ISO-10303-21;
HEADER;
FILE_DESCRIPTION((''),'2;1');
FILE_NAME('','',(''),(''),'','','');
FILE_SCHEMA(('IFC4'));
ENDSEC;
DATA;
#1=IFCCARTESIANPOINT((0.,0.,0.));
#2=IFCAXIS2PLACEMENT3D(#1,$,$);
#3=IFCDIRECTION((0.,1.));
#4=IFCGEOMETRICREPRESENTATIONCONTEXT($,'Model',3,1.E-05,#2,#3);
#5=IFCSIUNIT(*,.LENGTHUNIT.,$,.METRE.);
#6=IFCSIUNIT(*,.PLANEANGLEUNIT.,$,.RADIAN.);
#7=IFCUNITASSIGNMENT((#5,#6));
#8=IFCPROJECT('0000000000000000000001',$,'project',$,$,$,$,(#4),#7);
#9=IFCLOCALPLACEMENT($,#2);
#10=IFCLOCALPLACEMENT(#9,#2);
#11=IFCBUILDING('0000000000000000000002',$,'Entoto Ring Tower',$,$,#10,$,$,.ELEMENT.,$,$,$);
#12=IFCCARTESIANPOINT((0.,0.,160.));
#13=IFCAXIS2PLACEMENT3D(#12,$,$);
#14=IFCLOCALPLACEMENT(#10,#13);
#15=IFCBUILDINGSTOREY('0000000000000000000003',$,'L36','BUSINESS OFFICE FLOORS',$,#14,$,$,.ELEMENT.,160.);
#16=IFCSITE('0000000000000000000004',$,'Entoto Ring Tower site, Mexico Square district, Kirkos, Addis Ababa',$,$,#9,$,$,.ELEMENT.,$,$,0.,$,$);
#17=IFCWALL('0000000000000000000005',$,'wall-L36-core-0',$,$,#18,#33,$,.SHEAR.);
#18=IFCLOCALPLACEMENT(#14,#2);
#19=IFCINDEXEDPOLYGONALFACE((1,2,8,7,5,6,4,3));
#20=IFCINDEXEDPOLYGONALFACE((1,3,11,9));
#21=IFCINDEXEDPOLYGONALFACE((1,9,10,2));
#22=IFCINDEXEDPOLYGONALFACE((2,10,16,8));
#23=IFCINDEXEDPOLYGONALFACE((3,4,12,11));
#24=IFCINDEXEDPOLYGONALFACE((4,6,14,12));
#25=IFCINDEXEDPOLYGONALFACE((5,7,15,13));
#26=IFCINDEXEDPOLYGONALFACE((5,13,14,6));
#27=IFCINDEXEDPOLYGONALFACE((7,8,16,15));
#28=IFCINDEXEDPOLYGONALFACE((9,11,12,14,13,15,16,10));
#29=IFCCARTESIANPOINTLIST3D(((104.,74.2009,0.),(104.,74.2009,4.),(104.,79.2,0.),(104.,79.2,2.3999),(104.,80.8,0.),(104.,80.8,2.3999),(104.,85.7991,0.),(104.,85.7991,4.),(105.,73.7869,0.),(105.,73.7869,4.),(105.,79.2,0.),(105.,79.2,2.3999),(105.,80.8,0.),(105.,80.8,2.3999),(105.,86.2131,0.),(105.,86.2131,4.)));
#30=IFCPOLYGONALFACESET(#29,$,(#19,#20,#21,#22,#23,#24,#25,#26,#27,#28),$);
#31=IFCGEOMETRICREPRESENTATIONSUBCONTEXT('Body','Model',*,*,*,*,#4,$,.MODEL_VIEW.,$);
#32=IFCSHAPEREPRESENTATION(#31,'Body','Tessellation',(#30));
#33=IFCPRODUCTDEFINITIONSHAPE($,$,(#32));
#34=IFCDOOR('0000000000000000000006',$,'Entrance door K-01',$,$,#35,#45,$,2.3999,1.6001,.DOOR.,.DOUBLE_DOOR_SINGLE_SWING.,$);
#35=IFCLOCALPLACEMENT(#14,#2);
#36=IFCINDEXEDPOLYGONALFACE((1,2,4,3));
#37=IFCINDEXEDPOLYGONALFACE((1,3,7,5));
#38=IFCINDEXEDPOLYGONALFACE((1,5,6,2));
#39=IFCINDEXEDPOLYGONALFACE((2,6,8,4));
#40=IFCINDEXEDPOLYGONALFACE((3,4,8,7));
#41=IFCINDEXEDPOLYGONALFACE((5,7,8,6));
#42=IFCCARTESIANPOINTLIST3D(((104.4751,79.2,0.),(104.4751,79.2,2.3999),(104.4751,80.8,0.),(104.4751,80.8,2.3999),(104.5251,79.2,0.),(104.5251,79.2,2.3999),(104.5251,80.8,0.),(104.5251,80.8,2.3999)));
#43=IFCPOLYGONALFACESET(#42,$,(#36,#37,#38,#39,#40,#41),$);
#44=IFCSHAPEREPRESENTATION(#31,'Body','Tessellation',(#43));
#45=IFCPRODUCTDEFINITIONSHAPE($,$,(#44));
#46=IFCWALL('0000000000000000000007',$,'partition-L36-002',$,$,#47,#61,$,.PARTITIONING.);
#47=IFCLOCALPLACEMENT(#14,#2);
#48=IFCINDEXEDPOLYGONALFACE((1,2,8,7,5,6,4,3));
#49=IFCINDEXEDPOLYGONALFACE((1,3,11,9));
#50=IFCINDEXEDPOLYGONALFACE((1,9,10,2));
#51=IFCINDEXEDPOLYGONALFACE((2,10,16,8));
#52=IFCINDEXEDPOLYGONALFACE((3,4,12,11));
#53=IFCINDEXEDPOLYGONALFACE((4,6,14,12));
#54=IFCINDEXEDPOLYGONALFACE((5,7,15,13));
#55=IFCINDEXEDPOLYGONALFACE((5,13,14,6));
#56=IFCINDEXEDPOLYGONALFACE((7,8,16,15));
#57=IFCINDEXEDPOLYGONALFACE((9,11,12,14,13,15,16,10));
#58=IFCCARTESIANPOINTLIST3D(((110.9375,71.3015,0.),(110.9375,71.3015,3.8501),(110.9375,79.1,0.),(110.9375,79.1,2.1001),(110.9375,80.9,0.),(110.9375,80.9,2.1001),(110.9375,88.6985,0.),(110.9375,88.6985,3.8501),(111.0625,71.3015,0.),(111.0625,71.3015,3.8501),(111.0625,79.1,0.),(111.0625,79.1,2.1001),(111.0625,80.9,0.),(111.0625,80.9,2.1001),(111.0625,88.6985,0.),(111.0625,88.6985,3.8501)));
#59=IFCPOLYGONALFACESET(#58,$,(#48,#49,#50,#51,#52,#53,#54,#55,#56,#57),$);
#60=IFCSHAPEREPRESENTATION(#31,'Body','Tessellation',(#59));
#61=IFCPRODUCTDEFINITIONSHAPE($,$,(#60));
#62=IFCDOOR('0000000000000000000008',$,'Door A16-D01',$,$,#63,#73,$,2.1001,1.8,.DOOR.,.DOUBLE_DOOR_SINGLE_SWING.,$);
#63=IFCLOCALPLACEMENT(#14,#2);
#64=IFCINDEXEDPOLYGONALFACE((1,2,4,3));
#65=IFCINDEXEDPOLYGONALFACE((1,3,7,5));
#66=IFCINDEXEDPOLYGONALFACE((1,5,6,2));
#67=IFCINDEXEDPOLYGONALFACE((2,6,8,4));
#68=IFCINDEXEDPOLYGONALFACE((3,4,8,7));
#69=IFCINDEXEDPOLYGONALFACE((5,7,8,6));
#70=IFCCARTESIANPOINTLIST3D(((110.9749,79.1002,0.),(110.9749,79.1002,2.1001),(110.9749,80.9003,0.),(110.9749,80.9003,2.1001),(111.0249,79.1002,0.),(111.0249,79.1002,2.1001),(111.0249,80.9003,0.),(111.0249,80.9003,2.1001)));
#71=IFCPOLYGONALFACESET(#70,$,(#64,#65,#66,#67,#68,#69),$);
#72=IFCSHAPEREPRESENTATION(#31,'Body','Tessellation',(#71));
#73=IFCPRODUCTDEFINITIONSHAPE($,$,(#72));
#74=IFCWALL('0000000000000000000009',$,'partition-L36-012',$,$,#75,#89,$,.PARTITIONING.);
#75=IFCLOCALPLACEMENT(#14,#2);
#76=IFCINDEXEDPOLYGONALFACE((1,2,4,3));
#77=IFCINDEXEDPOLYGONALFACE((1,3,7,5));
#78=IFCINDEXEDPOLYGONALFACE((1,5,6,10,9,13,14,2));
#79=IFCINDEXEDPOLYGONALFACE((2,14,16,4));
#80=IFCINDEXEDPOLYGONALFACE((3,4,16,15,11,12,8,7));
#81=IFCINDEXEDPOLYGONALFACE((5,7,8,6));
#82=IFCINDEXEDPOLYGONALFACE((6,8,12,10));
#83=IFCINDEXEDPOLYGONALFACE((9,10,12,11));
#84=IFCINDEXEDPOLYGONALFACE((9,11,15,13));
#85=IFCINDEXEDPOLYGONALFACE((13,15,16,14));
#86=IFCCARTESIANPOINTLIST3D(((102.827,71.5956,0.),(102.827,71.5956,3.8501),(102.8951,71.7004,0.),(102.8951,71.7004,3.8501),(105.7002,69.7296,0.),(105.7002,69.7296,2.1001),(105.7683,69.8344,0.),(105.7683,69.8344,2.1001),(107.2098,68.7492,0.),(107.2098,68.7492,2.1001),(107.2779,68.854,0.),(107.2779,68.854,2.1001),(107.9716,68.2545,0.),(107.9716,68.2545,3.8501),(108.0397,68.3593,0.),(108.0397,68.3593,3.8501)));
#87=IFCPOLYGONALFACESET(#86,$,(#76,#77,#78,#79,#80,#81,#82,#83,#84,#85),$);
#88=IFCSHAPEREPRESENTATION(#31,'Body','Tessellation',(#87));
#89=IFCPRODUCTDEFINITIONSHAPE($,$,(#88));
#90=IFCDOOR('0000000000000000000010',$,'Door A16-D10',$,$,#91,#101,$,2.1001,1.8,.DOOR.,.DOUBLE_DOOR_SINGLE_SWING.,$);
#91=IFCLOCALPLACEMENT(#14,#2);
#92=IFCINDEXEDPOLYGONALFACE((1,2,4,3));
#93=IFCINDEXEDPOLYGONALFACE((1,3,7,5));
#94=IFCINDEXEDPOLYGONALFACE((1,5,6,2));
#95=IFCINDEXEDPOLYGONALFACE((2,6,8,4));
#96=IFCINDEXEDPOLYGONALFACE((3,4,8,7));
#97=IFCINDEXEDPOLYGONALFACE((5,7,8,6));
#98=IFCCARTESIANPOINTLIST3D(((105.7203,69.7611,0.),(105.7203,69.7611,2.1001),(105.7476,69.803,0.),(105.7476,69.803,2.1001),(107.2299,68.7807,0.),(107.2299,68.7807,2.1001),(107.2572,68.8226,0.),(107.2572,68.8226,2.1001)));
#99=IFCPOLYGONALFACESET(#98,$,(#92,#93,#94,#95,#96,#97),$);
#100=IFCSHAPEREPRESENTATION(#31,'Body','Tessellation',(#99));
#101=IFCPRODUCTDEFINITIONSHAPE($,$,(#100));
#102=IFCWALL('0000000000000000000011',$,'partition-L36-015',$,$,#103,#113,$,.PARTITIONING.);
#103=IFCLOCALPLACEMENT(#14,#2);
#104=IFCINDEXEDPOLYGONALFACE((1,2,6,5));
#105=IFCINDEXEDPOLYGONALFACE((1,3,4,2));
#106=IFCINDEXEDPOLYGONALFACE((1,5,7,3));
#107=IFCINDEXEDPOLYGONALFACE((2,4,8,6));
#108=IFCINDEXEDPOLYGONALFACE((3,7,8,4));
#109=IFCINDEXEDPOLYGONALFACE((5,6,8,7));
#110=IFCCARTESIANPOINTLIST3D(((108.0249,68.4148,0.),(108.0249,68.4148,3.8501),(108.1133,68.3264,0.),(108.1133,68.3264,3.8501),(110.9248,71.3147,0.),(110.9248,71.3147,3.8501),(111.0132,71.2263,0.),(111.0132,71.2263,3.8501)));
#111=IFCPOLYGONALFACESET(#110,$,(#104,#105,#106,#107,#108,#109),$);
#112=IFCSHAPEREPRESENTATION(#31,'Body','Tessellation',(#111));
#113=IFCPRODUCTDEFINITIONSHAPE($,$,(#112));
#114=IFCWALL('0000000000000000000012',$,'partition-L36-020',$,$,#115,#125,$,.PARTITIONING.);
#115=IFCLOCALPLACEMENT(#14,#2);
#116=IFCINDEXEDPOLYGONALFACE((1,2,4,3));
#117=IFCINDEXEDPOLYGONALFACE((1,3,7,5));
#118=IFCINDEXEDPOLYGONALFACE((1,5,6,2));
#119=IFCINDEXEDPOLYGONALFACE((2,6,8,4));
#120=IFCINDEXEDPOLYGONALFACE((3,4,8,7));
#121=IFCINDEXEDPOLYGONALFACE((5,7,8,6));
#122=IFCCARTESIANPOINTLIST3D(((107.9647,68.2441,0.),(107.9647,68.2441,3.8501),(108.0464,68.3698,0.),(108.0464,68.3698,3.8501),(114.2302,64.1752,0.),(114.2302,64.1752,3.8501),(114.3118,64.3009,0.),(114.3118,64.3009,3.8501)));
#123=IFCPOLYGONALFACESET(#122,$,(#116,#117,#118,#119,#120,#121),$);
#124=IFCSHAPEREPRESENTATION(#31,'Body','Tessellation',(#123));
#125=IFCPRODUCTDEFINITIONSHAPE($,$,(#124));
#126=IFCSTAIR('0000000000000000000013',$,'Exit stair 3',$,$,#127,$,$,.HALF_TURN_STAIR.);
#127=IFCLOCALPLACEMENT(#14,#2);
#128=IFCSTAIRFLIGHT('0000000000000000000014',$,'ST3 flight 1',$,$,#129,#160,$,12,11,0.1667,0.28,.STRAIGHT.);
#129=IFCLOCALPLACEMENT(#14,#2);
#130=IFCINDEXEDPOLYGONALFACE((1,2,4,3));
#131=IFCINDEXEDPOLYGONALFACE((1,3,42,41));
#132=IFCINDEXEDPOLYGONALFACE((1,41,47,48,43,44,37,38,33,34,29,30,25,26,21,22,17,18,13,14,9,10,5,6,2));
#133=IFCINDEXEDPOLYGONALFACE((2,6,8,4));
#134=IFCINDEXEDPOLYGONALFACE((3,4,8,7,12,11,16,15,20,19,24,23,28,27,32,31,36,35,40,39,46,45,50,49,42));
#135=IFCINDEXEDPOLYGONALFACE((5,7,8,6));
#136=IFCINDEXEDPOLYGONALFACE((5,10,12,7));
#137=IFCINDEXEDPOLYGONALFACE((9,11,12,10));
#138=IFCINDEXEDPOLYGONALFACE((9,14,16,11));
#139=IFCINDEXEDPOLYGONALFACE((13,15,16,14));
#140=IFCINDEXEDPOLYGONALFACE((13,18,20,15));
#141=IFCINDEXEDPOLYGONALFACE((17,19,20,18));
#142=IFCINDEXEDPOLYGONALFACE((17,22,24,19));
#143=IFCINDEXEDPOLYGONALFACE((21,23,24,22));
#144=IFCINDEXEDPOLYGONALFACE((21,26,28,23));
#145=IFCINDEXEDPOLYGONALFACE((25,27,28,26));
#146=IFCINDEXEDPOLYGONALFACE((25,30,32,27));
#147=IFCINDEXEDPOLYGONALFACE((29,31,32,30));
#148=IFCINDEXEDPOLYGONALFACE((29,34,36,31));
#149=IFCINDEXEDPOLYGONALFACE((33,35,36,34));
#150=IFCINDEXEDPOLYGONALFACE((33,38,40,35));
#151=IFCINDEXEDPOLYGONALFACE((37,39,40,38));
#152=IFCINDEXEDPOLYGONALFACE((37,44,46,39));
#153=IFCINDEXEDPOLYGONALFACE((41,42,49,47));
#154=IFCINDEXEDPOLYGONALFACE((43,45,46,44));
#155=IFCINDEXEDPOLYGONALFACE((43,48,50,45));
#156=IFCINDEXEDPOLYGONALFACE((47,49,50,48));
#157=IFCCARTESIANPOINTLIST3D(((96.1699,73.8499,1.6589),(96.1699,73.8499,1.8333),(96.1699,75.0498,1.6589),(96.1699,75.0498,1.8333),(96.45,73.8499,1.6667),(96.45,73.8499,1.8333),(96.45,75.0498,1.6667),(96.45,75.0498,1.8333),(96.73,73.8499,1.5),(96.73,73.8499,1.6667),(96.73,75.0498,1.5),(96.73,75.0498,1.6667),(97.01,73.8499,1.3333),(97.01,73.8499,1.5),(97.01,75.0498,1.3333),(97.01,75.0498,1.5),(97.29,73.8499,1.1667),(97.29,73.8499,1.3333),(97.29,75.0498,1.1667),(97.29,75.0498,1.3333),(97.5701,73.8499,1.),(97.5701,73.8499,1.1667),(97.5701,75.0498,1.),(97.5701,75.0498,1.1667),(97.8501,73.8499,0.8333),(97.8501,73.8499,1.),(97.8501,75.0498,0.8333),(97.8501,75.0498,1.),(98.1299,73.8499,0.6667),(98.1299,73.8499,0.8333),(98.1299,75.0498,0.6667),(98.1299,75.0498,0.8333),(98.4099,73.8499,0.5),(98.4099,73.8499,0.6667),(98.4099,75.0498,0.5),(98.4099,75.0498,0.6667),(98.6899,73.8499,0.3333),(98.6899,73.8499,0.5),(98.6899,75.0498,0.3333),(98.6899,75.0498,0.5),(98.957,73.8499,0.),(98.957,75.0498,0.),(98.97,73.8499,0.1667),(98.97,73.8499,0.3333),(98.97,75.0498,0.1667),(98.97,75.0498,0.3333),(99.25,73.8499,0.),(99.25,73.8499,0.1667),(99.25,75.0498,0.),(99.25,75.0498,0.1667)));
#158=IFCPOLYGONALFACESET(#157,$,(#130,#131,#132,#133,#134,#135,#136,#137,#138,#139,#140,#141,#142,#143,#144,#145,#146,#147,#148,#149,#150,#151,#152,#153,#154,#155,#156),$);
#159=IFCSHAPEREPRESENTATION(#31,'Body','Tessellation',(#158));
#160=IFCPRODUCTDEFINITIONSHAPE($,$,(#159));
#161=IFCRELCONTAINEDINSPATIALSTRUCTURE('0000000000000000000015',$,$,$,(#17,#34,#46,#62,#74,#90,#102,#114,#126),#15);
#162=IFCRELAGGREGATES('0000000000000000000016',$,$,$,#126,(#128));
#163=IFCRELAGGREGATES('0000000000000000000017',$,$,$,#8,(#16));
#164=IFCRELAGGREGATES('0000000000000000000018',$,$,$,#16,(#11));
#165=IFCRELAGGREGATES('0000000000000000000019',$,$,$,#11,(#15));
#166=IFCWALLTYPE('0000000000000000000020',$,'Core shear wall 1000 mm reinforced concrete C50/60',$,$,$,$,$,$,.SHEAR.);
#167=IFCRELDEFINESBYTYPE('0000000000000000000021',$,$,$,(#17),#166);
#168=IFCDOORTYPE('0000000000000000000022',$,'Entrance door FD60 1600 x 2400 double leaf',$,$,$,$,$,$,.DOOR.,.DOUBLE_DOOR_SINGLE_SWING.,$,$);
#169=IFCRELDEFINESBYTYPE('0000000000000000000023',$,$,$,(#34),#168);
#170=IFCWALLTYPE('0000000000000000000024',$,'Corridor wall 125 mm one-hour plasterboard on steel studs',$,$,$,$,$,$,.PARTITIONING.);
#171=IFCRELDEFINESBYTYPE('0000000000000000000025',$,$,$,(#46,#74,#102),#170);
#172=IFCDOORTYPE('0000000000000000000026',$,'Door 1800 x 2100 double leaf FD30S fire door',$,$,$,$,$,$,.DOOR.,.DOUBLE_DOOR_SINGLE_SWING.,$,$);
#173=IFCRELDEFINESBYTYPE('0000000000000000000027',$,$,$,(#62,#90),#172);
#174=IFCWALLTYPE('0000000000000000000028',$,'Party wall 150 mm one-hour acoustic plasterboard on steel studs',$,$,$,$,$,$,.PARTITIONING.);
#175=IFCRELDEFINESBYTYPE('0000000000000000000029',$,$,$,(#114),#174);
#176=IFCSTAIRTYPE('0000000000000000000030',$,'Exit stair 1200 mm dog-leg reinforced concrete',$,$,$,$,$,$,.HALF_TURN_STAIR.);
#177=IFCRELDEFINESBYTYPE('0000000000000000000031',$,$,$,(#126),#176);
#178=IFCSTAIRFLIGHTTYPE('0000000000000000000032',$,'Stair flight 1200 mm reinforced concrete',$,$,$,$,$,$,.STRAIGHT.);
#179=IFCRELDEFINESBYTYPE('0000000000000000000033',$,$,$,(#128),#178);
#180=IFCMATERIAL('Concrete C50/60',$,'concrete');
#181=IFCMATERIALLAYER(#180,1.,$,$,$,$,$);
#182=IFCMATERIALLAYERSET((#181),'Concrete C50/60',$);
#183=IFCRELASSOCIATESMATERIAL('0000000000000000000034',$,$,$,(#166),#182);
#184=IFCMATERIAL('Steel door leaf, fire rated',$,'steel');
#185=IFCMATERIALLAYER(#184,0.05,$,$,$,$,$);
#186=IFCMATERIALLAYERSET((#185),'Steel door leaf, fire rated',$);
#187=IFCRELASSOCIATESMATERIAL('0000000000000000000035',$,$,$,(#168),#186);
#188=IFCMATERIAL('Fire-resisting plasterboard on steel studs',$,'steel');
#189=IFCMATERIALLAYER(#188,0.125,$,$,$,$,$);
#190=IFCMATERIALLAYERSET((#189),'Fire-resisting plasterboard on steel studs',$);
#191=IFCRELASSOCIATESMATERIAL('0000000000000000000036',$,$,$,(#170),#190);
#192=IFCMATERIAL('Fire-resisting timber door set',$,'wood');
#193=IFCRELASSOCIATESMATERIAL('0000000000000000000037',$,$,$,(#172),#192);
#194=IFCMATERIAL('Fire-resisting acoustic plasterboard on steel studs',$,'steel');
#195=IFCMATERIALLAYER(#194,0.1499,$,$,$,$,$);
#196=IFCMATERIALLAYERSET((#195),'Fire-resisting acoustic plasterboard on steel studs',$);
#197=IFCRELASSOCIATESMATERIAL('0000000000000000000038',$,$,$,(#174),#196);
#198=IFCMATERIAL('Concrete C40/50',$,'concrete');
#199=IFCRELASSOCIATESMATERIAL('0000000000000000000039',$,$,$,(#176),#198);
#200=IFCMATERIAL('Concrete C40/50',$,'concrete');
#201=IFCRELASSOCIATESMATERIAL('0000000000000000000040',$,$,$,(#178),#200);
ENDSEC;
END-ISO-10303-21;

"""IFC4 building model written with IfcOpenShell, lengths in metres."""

from ifc_helpers import new_model, si_unit, direction, frame, frame_2d, origin, place, context, subcontext, project, spatial, polyline, rectangle, outline, extrude, material, layer, layer_set, type_object, element, fill, aggregate, save


model = new_model("IFC4")

# Units and contexts
model_context = context("Model", 3, precision=1e-05, world=origin(), true_north=direction((0.0, 1.0)))
body_context = subcontext(model_context, "Body", "Model", "MODEL_VIEW")
ifc_project = project(units=[si_unit("LENGTHUNIT", "METRE"), si_unit("PLANEANGLEUNIT", "RADIAN")], contexts=[model_context])

# Site, building, storey
site_placement = place(None, origin())
site = spatial("IfcSite", under=ifc_project, at=site_placement, Name="Entoto Ring Tower site, Mexico Square district, Kirkos, Addis Ababa", CompositionType="ELEMENT", RefElevation=0.0)
building_placement = place(site_placement, origin())
building = spatial("IfcBuilding", under=site, at=building_placement, Name="Entoto Ring Tower", CompositionType="ELEMENT")
storey_placement = place(building_placement, frame((0.0, 0.0, 160.0)))
storey = spatial("IfcBuildingStorey", under=building, at=storey_placement, Name="L36", Description="BUSINESS OFFICE FLOORS", CompositionType="ELEMENT", Elevation=160.0)

# Walls, openings, doors
ifc_material_1 = material(Name="Concrete C50/60", Category="concrete")
ifc_layer_1 = layer(ifc_material_1, 1.0)
ifc_layer_set_1 = layer_set([ifc_layer_1], Name="Concrete C50/60")
wall_type_1 = type_object("IfcWallType", Name="Core shear wall 1000 mm reinforced concrete C50/60", PredefinedType="SHEAR", material=ifc_layer_set_1)
wall_1_placement = place(storey_placement, frame((104.5, 73.9939, 0.0), z_axis=(0.0, 0.0, 1.0), x_axis=(0.0, 1.0, 0.0)))
wall_1 = element("IfcWall", 1, at=wall_1_placement, inside=storey, type_object=wall_type_1, Name="wall-L36-core-0", PredefinedType="SHEAR", context=body_context, shape_type="SweptSolid", body=[
    extrude(outline(polyline([(-0.207, -0.5), (12.2192, -0.5), (11.8052, 0.5), (0.207, 0.5), (-0.207, -0.5)])), origin(), (0.0, 0.0, 1.0), 4.0),
])
opening_1_placement = place(wall_1_placement, frame((5.2061, 0.0, 0.0)))
opening_1 = element("IfcOpeningElement", 2, at=opening_1_placement, cuts=wall_1, PredefinedType="OPENING", context=body_context, shape_type="SweptSolid", body=[
    extrude(rectangle(XDim=1.6001, YDim=2.3999, at=frame_2d((0.8, 1.2))), frame((0.0, 0.51, 0.0), z_axis=(0.0, -1.0, 0.0), x_axis=(1.0, 0.0, 0.0)), (0.0, 0.0, 1.0), 1.02),
])
ifc_material_2 = material(Name="Steel door leaf, fire rated", Category="steel")
ifc_layer_2 = layer(ifc_material_2, 0.05)
ifc_layer_set_2 = layer_set([ifc_layer_2], Name="Steel door leaf, fire rated")
door_type_1 = type_object("IfcDoorType", Name="Entrance door FD60 1600 x 2400 double leaf", OperationType="DOUBLE_DOOR_SINGLE_SWING", PredefinedType="DOOR", material=ifc_layer_set_2)
door_1_placement = place(opening_1_placement, origin())
door_1 = element("IfcDoor", 3, at=door_1_placement, inside=storey, type_object=door_type_1, Name="Entrance door K-01", OperationType="DOUBLE_DOOR_SINGLE_SWING", OverallHeight=2.3999, OverallWidth=1.6001, PredefinedType="DOOR", context=body_context, shape_type="SweptSolid", body=[
    extrude(rectangle(XDim=1.6001, YDim=2.3999, at=frame_2d((0.8, 1.2))), frame((0.0, 0.0249, 0.0), z_axis=(0.0, -1.0, 0.0), x_axis=(1.0, 0.0, 0.0)), (0.0, 0.0, 1.0), 0.05),
])
fill(opening_1, door_1)
ifc_material_3 = material(Name="Fire-resisting plasterboard on steel studs", Category="steel")
ifc_layer_3 = layer(ifc_material_3, 0.125)
ifc_layer_set_3 = layer_set([ifc_layer_3], Name="Fire-resisting plasterboard on steel studs")
wall_type_2 = type_object("IfcWallType", Name="Corridor wall 125 mm one-hour plasterboard on steel studs", PredefinedType="PARTITIONING", material=ifc_layer_set_3)
wall_2_placement = place(storey_placement, frame((111.0, 71.3015, 0.0), z_axis=(0.0, 0.0, 1.0), x_axis=(0.0, 1.0, 0.0)))
wall_2 = element("IfcWall", 4, at=wall_2_placement, inside=storey, type_object=wall_type_2, Name="partition-L36-002", PredefinedType="PARTITIONING", context=body_context, shape_type="SweptSolid", body=[
    extrude(rectangle(XDim=17.397, YDim=0.125, at=frame_2d((8.6985, 0.0))), origin(), (0.0, 0.0, 1.0), 3.8501),
])
opening_2_placement = place(wall_2_placement, frame((7.7986, 0.0, 0.0)))
opening_2 = element("IfcOpeningElement", 5, at=opening_2_placement, cuts=wall_2, PredefinedType="OPENING", context=body_context, shape_type="SweptSolid", body=[
    extrude(rectangle(XDim=1.8, YDim=2.1001, at=frame_2d((0.8999, 1.05))), frame((0.0, 0.0725, 0.0), z_axis=(0.0, -1.0, 0.0), x_axis=(1.0, 0.0, 0.0)), (0.0, 0.0, 1.0), 0.145),
])
ifc_material_4 = material(Name="Fire-resisting timber door set", Category="wood")
door_type_2 = type_object("IfcDoorType", Name="Door 1800 x 2100 double leaf FD30S fire door", OperationType="DOUBLE_DOOR_SINGLE_SWING", PredefinedType="DOOR", material=ifc_material_4)
door_2_placement = place(opening_2_placement, frame((1.8, 0.0, 0.0), z_axis=(0.0, 0.0, 1.0), x_axis=(-1.0, 0.0, 0.0)))
door_2 = element("IfcDoor", 6, at=door_2_placement, inside=storey, type_object=door_type_2, Name="Door A16-D01", OperationType="DOUBLE_DOOR_SINGLE_SWING", OverallHeight=2.1001, OverallWidth=1.8, PredefinedType="DOOR", context=body_context, shape_type="SweptSolid", body=[
    extrude(rectangle(XDim=1.8, YDim=2.1001, at=frame_2d((0.8999, 1.05))), frame((0.0, 0.0249, 0.0), z_axis=(0.0, -1.0, 0.0), x_axis=(1.0, 0.0, 0.0)), (0.0, 0.0, 1.0), 0.05),
])
fill(opening_2, door_2)
wall_3_placement = place(storey_placement, frame((108.0056, 68.3069, 0.0), z_axis=(0.0, 0.0, 1.0), x_axis=(-0.838658, 0.544658, 0.0)))
wall_3 = element("IfcWall", 7, at=wall_3_placement, inside=storey, type_object=wall_type_2, Name="partition-L36-012", PredefinedType="PARTITIONING", context=body_context, shape_type="SweptSolid", body=[
    extrude(rectangle(XDim=6.1343, YDim=0.125, at=frame_2d((3.0671, 0.0))), origin(), (0.0, 0.0, 1.0), 3.8501),
])
opening_3_placement = place(wall_3_placement, frame((0.9084, 0.0, 0.0)))
opening_3 = element("IfcOpeningElement", 8, at=opening_3_placement, cuts=wall_3, PredefinedType="OPENING", context=body_context, shape_type="SweptSolid", body=[
    extrude(rectangle(XDim=1.8, YDim=2.1001, at=frame_2d((0.8999, 1.05))), frame((0.0, 0.0725, 0.0), z_axis=(0.0, -1.0, 0.0), x_axis=(1.0, 0.0, 0.0)), (0.0, 0.0, 1.0), 0.145),
])
door_3_placement = place(opening_3_placement, frame((1.8, 0.0, 0.0), z_axis=(0.0, 0.0, 1.0), x_axis=(-1.0, 0.0, 0.0)))
door_3 = element("IfcDoor", 9, at=door_3_placement, inside=storey, type_object=door_type_2, Name="Door A16-D10", OperationType="DOUBLE_DOOR_SINGLE_SWING", OverallHeight=2.1001, OverallWidth=1.8, PredefinedType="DOOR", context=body_context, shape_type="SweptSolid", body=[
    extrude(rectangle(XDim=1.8, YDim=2.1001, at=frame_2d((0.8999, 1.05))), frame((0.0, 0.0249, 0.0), z_axis=(0.0, -1.0, 0.0), x_axis=(1.0, 0.0, 0.0)), (0.0, 0.0, 1.0), 0.05),
])
fill(opening_3, door_3)

# Walls
wall_4_placement = place(storey_placement, frame((108.0691, 68.3706, 0.0), z_axis=(0.0, 0.0, 1.0), x_axis=(0.707107, 0.707107, 0.0)))
element("IfcWall", 10, at=wall_4_placement, inside=storey, type_object=wall_type_2, Name="partition-L36-015", PredefinedType="PARTITIONING", context=body_context, shape_type="SweptSolid", body=[
    extrude(rectangle(XDim=4.1011, YDim=0.125, at=frame_2d((2.0505, 0.0))), origin(), (0.0, 0.0, 1.0), 3.8501),
])
ifc_material_5 = material(Name="Fire-resisting acoustic plasterboard on steel studs", Category="steel")
ifc_layer_4 = layer(ifc_material_5, 0.1499)
ifc_layer_set_4 = layer_set([ifc_layer_4], Name="Fire-resisting acoustic plasterboard on steel studs")
wall_type_3 = type_object("IfcWallType", Name="Party wall 150 mm one-hour acoustic plasterboard on steel studs", PredefinedType="PARTITIONING", material=ifc_layer_set_4)
wall_5_placement = place(storey_placement, frame((114.271, 64.238, 0.0), z_axis=(0.0, 0.0, 1.0), x_axis=(-0.838667, 0.544645, 0.0)))
element("IfcWall", 11, at=wall_5_placement, inside=storey, type_object=wall_type_3, Name="partition-L36-020", PredefinedType="PARTITIONING", context=body_context, shape_type="SweptSolid", body=[
    extrude(rectangle(XDim=7.4707, YDim=0.1499, at=frame_2d((3.7354, 0.0))), origin(), (0.0, 0.0, 1.0), 3.8501),
])

# Stair, stair flight
ifc_material_6 = material(Name="Concrete C40/50", Category="concrete")
stair_type = type_object("IfcStairType", Name="Exit stair 1200 mm dog-leg reinforced concrete", PredefinedType="HALF_TURN_STAIR", material=ifc_material_6)
stair_placement = place(storey_placement, origin())
stair = element("IfcStair", 12, at=stair_placement, inside=storey, type_object=stair_type, Name="Exit stair 3", PredefinedType="HALF_TURN_STAIR")
ifc_material_7 = material(Name="Concrete C40/50", Category="concrete")
stair_flight_type = type_object("IfcStairFlightType", Name="Stair flight 1200 mm reinforced concrete", PredefinedType="STRAIGHT", material=ifc_material_7)
stair_flight_placement = place(storey_placement, frame((99.25, 74.45, 0.0), z_axis=(0.0, 0.0, 1.0), x_axis=(-1.0, 0.0, 0.0)))
stair_flight = element("IfcStairFlight", 13, at=stair_flight_placement, type_object=stair_flight_type, Name="ST3 flight 1", NumberOfRisers=12, NumberOfTreads=11, PredefinedType="STRAIGHT", RiserHeight=0.1667, TreadLength=0.28, context=body_context, shape_type="SweptSolid", body=[
    extrude(outline(polyline([(0.0, 0.0), (0.0, 0.1667), (0.28, 0.1667), (0.28, 0.3333), (0.5601, 0.3333), (0.5601, 0.5), (0.8401, 0.5), (0.8401, 0.6667), (1.1201, 0.6667), (1.1201, 0.8333), (1.3999, 0.8333), (1.3999, 1.0), (1.6799, 1.0), (1.6799, 1.1667), (1.96, 1.1667), (1.96, 1.3333), (2.24, 1.3333), (2.24, 1.5), (2.52, 1.5), (2.52, 1.6667), (2.8, 1.6667), (2.8, 1.8333), (3.0801, 1.8333), (3.0801, 2.0), (3.0801, 1.6589), (0.293, 0.0), (0.0, 0.0)])), frame((0.0, 0.6001, 0.0), z_axis=(0.0, -1.0, 0.0), x_axis=(1.0, 0.0, 0.0)), (0.0, 0.0, 1.0), 1.2),
])
aggregate(stair, [stair_flight])

save(model, "model.ifc")
